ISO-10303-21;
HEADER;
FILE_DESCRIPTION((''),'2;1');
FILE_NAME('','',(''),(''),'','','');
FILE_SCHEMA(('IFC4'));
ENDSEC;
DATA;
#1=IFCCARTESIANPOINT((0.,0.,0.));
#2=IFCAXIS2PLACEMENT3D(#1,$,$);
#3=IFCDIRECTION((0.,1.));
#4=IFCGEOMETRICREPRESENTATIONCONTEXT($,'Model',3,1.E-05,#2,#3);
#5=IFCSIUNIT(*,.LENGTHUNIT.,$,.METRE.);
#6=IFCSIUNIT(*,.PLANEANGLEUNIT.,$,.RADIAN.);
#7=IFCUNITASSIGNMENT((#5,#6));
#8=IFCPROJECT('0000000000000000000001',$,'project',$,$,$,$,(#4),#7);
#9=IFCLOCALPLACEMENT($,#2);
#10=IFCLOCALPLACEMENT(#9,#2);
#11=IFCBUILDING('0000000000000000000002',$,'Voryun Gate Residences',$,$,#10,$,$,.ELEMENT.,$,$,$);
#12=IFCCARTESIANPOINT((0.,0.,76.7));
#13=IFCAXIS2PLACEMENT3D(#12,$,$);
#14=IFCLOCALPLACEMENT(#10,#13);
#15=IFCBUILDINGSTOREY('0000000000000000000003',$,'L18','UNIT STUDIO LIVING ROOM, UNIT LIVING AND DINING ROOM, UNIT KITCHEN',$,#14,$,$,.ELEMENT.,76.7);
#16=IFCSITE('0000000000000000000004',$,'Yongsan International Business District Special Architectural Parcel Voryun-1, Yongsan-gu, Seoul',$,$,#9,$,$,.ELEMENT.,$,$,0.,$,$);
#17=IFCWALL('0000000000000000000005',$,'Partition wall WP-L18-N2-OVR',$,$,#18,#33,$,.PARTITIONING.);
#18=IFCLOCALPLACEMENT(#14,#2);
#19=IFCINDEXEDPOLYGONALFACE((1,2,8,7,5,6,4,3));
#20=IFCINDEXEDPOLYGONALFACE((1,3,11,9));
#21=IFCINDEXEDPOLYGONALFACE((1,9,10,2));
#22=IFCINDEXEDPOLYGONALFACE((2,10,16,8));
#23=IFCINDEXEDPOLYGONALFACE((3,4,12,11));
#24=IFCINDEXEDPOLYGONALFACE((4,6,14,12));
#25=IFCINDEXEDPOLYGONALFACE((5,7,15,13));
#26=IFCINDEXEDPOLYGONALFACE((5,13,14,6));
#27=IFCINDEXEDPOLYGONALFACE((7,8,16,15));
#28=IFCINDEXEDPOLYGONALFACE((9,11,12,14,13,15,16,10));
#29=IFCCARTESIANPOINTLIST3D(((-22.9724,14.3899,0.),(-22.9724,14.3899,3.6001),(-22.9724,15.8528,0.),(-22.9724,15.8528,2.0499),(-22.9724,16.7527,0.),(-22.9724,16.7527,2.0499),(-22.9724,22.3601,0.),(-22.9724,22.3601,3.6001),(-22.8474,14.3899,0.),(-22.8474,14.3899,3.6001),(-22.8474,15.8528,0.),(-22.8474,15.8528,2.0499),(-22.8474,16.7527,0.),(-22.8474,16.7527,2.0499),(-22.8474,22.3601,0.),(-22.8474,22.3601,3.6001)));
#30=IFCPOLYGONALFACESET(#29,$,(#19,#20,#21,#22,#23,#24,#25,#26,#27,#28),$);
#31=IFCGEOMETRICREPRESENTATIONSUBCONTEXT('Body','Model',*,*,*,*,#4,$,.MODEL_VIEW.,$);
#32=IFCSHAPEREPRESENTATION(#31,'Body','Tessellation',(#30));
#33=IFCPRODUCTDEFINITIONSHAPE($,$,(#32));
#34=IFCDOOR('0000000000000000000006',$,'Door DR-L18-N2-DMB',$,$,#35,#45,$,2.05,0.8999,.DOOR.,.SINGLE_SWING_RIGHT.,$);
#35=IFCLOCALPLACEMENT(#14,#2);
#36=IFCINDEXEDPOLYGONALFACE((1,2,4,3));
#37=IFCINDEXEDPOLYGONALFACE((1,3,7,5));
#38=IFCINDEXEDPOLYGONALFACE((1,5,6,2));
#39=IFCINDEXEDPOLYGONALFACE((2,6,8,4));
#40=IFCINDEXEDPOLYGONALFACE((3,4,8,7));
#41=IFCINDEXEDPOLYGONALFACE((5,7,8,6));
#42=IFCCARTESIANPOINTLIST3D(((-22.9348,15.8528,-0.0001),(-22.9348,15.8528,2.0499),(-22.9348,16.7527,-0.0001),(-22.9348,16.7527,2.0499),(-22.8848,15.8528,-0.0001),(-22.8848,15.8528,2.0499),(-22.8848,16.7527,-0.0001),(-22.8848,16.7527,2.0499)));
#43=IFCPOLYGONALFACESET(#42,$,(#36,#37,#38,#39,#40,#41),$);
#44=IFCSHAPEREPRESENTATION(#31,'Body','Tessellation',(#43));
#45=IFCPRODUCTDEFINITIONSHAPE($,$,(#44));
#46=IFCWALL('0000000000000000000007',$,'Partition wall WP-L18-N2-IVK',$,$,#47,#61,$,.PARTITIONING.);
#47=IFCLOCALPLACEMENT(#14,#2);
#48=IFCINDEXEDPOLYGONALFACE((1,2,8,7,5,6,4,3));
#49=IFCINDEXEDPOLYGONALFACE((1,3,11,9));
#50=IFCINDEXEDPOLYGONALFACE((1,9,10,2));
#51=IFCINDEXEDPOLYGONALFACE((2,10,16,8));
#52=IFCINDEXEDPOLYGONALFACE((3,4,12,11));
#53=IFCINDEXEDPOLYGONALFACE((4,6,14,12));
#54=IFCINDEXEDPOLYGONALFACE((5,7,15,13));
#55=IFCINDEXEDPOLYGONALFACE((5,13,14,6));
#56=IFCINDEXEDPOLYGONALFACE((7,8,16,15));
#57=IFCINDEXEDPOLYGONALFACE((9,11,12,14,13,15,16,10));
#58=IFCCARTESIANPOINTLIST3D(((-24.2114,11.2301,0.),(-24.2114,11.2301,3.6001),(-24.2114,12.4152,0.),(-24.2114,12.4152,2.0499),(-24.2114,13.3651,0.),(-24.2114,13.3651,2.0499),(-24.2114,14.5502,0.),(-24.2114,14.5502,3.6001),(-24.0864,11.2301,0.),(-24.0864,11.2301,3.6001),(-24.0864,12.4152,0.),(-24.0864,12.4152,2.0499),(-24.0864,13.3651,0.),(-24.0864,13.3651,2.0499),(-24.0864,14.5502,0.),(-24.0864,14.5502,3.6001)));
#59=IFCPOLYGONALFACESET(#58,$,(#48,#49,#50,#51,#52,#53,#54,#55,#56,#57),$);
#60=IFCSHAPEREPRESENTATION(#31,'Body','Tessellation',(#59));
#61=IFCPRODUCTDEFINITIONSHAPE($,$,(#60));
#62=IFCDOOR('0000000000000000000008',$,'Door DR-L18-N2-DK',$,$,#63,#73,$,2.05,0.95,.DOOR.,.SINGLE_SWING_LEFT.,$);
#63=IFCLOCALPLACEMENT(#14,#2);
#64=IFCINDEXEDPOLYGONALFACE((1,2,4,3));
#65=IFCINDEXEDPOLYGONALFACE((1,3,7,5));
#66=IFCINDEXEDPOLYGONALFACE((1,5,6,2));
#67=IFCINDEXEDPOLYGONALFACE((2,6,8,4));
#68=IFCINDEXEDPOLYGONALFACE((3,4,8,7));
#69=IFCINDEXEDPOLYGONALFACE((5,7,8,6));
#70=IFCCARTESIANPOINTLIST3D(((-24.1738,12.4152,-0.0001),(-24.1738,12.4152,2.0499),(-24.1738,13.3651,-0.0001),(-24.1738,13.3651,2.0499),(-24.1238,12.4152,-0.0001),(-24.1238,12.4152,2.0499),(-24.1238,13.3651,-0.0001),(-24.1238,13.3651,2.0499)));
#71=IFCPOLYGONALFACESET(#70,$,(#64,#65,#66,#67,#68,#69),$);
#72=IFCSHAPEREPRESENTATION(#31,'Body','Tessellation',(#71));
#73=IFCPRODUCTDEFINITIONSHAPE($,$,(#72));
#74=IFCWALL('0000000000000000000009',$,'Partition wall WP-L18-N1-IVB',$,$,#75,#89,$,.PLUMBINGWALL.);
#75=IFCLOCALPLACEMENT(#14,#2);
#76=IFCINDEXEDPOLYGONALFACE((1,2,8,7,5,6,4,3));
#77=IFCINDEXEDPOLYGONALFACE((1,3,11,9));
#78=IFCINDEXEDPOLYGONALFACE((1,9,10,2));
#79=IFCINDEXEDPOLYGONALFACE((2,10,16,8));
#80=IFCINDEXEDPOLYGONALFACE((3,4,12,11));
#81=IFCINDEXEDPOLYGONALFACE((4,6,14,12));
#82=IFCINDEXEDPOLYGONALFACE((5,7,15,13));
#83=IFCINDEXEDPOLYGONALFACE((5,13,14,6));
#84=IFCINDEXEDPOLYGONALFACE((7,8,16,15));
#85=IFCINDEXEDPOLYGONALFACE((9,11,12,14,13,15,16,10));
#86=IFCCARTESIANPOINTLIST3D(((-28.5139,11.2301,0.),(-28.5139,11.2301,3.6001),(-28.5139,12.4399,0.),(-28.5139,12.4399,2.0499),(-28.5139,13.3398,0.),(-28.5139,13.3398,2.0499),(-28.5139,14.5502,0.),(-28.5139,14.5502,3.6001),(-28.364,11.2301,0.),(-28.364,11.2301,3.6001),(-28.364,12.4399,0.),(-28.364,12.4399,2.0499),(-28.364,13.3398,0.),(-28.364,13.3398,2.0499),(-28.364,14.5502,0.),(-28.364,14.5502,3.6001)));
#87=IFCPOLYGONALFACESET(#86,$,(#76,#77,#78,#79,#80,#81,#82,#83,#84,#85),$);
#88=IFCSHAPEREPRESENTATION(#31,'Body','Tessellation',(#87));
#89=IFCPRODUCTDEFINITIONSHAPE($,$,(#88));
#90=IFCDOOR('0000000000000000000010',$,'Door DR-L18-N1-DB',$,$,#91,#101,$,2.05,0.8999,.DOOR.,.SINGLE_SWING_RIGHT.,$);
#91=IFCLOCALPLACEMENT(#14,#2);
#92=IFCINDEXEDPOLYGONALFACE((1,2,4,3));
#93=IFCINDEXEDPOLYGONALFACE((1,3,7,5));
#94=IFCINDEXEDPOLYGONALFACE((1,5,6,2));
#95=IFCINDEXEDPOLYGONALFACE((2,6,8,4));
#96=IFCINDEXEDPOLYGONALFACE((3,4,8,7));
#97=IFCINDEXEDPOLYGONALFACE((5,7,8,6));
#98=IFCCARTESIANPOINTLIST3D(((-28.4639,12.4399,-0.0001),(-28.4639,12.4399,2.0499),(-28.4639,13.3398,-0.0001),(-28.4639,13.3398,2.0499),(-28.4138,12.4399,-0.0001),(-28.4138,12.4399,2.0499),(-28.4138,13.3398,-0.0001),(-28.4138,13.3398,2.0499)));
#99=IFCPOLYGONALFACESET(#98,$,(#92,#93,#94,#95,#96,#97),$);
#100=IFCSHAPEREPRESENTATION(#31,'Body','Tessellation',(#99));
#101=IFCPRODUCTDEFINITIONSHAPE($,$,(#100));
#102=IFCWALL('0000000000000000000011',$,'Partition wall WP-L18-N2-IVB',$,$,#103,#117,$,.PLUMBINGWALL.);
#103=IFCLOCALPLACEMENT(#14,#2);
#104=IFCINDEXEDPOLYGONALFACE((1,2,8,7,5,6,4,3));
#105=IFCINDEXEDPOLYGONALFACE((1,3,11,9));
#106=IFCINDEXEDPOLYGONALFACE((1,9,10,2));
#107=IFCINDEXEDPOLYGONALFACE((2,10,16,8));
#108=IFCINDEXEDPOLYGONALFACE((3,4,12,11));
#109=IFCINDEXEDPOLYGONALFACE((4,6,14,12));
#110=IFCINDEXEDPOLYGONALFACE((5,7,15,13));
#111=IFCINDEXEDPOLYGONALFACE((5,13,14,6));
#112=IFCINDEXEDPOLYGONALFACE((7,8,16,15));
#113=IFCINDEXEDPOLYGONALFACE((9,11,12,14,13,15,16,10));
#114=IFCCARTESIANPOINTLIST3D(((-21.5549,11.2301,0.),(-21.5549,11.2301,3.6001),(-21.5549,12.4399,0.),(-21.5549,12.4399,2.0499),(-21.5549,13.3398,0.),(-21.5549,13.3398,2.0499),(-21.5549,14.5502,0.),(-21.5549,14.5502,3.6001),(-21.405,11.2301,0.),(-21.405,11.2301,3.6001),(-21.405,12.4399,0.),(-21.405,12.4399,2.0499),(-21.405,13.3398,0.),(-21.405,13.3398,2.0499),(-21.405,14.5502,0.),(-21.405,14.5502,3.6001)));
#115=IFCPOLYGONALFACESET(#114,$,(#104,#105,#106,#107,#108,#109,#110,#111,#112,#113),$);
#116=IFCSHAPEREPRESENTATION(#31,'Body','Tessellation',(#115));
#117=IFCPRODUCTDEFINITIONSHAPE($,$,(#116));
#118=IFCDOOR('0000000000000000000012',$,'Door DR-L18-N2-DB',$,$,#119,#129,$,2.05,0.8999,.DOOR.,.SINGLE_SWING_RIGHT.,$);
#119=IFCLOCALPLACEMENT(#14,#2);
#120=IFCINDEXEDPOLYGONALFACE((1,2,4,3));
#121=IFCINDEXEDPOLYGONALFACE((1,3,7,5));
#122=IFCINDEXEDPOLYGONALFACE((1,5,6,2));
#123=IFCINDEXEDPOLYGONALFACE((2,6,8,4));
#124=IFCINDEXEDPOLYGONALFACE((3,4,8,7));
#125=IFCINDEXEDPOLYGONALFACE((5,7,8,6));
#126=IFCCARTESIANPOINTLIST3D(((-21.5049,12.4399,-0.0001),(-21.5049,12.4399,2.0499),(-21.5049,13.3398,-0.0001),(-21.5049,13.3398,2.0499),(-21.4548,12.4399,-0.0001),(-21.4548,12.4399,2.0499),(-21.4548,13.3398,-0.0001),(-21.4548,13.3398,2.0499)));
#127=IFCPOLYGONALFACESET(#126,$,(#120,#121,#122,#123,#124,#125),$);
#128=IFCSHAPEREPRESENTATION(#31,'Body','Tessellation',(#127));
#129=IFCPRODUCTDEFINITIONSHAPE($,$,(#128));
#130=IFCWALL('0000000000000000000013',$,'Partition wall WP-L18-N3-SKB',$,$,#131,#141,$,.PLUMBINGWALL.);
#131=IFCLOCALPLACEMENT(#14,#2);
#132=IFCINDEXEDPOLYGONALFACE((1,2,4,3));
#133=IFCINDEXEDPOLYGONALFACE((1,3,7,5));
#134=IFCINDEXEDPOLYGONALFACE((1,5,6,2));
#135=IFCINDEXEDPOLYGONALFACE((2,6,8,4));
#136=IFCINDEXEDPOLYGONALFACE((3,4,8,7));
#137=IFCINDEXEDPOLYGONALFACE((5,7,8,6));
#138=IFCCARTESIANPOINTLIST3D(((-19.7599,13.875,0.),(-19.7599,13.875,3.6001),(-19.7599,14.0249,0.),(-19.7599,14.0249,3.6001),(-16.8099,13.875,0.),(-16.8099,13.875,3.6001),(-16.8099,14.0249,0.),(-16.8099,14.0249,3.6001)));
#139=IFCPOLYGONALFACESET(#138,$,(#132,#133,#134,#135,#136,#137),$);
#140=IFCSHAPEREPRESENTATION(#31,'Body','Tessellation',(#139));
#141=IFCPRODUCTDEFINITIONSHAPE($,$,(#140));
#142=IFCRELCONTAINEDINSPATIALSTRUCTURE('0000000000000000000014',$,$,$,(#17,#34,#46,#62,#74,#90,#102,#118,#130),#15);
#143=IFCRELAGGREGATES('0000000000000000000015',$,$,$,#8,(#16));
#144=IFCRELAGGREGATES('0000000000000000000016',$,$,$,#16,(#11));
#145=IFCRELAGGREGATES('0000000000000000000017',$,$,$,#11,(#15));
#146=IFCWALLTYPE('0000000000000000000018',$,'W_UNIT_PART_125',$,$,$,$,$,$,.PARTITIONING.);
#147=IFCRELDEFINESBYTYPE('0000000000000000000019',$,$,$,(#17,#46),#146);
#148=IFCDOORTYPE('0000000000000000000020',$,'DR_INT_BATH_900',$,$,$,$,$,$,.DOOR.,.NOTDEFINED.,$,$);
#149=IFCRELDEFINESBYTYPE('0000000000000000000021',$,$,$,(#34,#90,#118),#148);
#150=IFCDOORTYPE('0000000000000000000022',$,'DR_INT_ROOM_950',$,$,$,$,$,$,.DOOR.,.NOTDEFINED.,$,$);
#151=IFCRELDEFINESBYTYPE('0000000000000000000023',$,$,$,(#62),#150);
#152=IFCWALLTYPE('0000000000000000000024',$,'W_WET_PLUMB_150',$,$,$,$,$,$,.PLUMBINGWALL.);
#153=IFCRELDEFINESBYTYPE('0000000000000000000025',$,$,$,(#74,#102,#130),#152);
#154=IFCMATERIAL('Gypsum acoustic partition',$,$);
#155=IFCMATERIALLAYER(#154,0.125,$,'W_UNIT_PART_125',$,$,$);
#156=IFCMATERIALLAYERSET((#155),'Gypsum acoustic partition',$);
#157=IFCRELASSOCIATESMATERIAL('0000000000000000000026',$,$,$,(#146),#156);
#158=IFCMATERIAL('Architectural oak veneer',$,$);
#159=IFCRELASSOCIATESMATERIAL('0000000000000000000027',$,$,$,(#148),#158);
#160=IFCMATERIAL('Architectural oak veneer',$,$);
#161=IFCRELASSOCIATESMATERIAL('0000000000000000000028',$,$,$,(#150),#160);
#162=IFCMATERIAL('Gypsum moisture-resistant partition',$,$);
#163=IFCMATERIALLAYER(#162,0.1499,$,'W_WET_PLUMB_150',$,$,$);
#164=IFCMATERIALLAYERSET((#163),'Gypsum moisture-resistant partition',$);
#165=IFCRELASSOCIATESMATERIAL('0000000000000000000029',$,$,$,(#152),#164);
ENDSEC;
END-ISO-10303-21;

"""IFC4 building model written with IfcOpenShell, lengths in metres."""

from ifc_helpers import new_model, si_unit, direction, frame, frame_2d, origin, place, context, subcontext, project, spatial, rectangle, extrude, material, layer, layer_set, type_object, element, fill, save


model = new_model("IFC4")

# Units and contexts
model_context = context("Model", 3, precision=1e-05, world=origin(), true_north=direction((0.0, 1.0)))
body_context = subcontext(model_context, "Body", "Model", "MODEL_VIEW")
ifc_project = project(units=[si_unit("LENGTHUNIT", "METRE"), si_unit("PLANEANGLEUNIT", "RADIAN")], contexts=[model_context])

# Site, building, storey
site_placement = place(None, origin())
site = spatial("IfcSite", under=ifc_project, at=site_placement, Name="Yongsan International Business District Special Architectural Parcel Voryun-1, Yongsan-gu, Seoul", CompositionType="ELEMENT", RefElevation=0.0)
building_placement = place(site_placement, origin())
building = spatial("IfcBuilding", under=site, at=building_placement, Name="Voryun Gate Residences", CompositionType="ELEMENT")
storey_placement = place(building_placement, frame((0.0, 0.0, 76.7)))
storey = spatial("IfcBuildingStorey", under=building, at=storey_placement, Name="L18", Description="UNIT STUDIO LIVING ROOM, UNIT LIVING AND DINING ROOM, UNIT KITCHEN", CompositionType="ELEMENT", Elevation=76.7)

# Walls, openings, doors
ifc_material_1 = material(Name="Gypsum acoustic partition")
ifc_layer_1 = layer(ifc_material_1, 0.125, Name="W_UNIT_PART_125")
ifc_layer_set_1 = layer_set([ifc_layer_1], Name="Gypsum acoustic partition")
wall_type_1 = type_object("IfcWallType", Name="W_UNIT_PART_125", PredefinedType="PARTITIONING", material=ifc_layer_set_1)
wall_1_placement = place(storey_placement, frame((-22.9099, 14.3899, 0.0), z_axis=(0.0, 0.0, 1.0), x_axis=(0.0, 1.0, 0.0)))
wall_1 = element("IfcWall", 1, at=wall_1_placement, inside=storey, type_object=wall_type_1, Name="Partition wall WP-L18-N2-OVR", PredefinedType="PARTITIONING", context=body_context, shape_type="SweptSolid", body=[
    extrude(rectangle(XDim=7.9702, YDim=0.125, at=frame_2d((3.9851, 0.0))), origin(), (0.0, 0.0, 1.0), 3.6001),
])
opening_1_placement = place(wall_1_placement, frame((1.4629, 0.0, 0.0)))
opening_1 = element("IfcOpeningElement", 2, at=opening_1_placement, cuts=wall_1, PredefinedType="OPENING", context=body_context, shape_type="SweptSolid", body=[
    extrude(rectangle(XDim=0.8999, YDim=2.05, at=frame_2d((0.45, 1.0249))), frame((0.0, 0.0725, 0.0), z_axis=(0.0, -1.0, 0.0), x_axis=(1.0, 0.0, 0.0)), (0.0, 0.0, 1.0), 0.145),
])
ifc_material_2 = material(Name="Architectural oak veneer")
door_type_1 = type_object("IfcDoorType", Name="DR_INT_BATH_900", OperationType="NOTDEFINED", PredefinedType="DOOR", material=ifc_material_2)
door_1_placement = place(opening_1_placement, origin())
door_1 = element("IfcDoor", 3, at=door_1_placement, inside=storey, type_object=door_type_1, Name="Door DR-L18-N2-DMB", OperationType="SINGLE_SWING_RIGHT", OverallHeight=2.05, OverallWidth=0.8999, PredefinedType="DOOR", context=body_context, shape_type="SweptSolid", body=[
    extrude(rectangle(XDim=0.8999, YDim=2.05, at=frame_2d((0.45, 1.0249))), frame((0.0, 0.0249, 0.0), z_axis=(0.0, -1.0, 0.0), x_axis=(1.0, 0.0, 0.0)), (0.0, 0.0, 1.0), 0.05),
])
fill(opening_1, door_1)
wall_2_placement = place(storey_placement, frame((-24.1489, 11.23, 0.0), z_axis=(0.0, 0.0, 1.0), x_axis=(0.0, 1.0, 0.0)))
wall_2 = element("IfcWall", 4, at=wall_2_placement, inside=storey, type_object=wall_type_1, Name="Partition wall WP-L18-N2-IVK", PredefinedType="PARTITIONING", context=body_context, shape_type="SweptSolid", body=[
    extrude(rectangle(XDim=3.3201, YDim=0.125, at=frame_2d((1.6602, 0.0))), origin(), (0.0, 0.0, 1.0), 3.6001),
])
opening_2_placement = place(wall_2_placement, frame((1.1851, 0.0, 0.0)))
opening_2 = element("IfcOpeningElement", 5, at=opening_2_placement, cuts=wall_2, PredefinedType="OPENING", context=body_context, shape_type="SweptSolid", body=[
    extrude(rectangle(XDim=0.95, YDim=2.05, at=frame_2d((0.4751, 1.0249))), frame((0.0, 0.0725, 0.0), z_axis=(0.0, -1.0, 0.0), x_axis=(1.0, 0.0, 0.0)), (0.0, 0.0, 1.0), 0.145),
])
ifc_material_3 = material(Name="Architectural oak veneer")
door_type_2 = type_object("IfcDoorType", Name="DR_INT_ROOM_950", OperationType="NOTDEFINED", PredefinedType="DOOR", material=ifc_material_3)
door_2_placement = place(opening_2_placement, origin())
door_2 = element("IfcDoor", 6, at=door_2_placement, inside=storey, type_object=door_type_2, Name="Door DR-L18-N2-DK", OperationType="SINGLE_SWING_LEFT", OverallHeight=2.05, OverallWidth=0.95, PredefinedType="DOOR", context=body_context, shape_type="SweptSolid", body=[
    extrude(rectangle(XDim=0.95, YDim=2.05, at=frame_2d((0.4751, 1.0249))), frame((0.0, 0.0249, 0.0), z_axis=(0.0, -1.0, 0.0), x_axis=(1.0, 0.0, 0.0)), (0.0, 0.0, 1.0), 0.05),
])
fill(opening_2, door_2)
ifc_material_4 = material(Name="Gypsum moisture-resistant partition")
ifc_layer_2 = layer(ifc_material_4, 0.1499, Name="W_WET_PLUMB_150")
ifc_layer_set_2 = layer_set([ifc_layer_2], Name="Gypsum moisture-resistant partition")
wall_type_2 = type_object("IfcWallType", Name="W_WET_PLUMB_150", PredefinedType="PLUMBINGWALL", material=ifc_layer_set_2)
wall_3_placement = place(storey_placement, frame((-28.439, 11.23, 0.0), z_axis=(0.0, 0.0, 1.0), x_axis=(0.0, 1.0, 0.0)))
wall_3 = element("IfcWall", 7, at=wall_3_placement, inside=storey, type_object=wall_type_2, Name="Partition wall WP-L18-N1-IVB", PredefinedType="PLUMBINGWALL", context=body_context, shape_type="SweptSolid", body=[
    extrude(rectangle(XDim=3.3201, YDim=0.1499, at=frame_2d((1.6602, 0.0))), origin(), (0.0, 0.0, 1.0), 3.6001),
])
opening_3_placement = place(wall_3_placement, frame((1.21, 0.0, 0.0)))
opening_3 = element("IfcOpeningElement", 8, at=opening_3_placement, cuts=wall_3, PredefinedType="OPENING", context=body_context, shape_type="SweptSolid", body=[
    extrude(rectangle(XDim=0.8999, YDim=2.05, at=frame_2d((0.45, 1.0249))), frame((0.0, 0.085, 0.0), z_axis=(0.0, -1.0, 0.0), x_axis=(1.0, 0.0, 0.0)), (0.0, 0.0, 1.0), 0.1699),
])
door_3_placement = place(opening_3_placement, origin())
door_3 = element("IfcDoor", 9, at=door_3_placement, inside=storey, type_object=door_type_1, Name="Door DR-L18-N1-DB", OperationType="SINGLE_SWING_RIGHT", OverallHeight=2.05, OverallWidth=0.8999, PredefinedType="DOOR", context=body_context, shape_type="SweptSolid", body=[
    extrude(rectangle(XDim=0.8999, YDim=2.05, at=frame_2d((0.45, 1.0249))), frame((0.0, 0.0249, 0.0), z_axis=(0.0, -1.0, 0.0), x_axis=(1.0, 0.0, 0.0)), (0.0, 0.0, 1.0), 0.05),
])
fill(opening_3, door_3)
wall_4_placement = place(storey_placement, frame((-21.48, 11.23, 0.0), z_axis=(0.0, 0.0, 1.0), x_axis=(0.0, 1.0, 0.0)))
wall_4 = element("IfcWall", 10, at=wall_4_placement, inside=storey, type_object=wall_type_2, Name="Partition wall WP-L18-N2-IVB", PredefinedType="PLUMBINGWALL", context=body_context, shape_type="SweptSolid", body=[
    extrude(rectangle(XDim=3.3201, YDim=0.1499, at=frame_2d((1.6602, 0.0))), origin(), (0.0, 0.0, 1.0), 3.6001),
])
opening_4_placement = place(wall_4_placement, frame((1.21, 0.0, 0.0)))
opening_4 = element("IfcOpeningElement", 11, at=opening_4_placement, cuts=wall_4, PredefinedType="OPENING", context=body_context, shape_type="SweptSolid", body=[
    extrude(rectangle(XDim=0.8999, YDim=2.05, at=frame_2d((0.45, 1.0249))), frame((0.0, 0.085, 0.0), z_axis=(0.0, -1.0, 0.0), x_axis=(1.0, 0.0, 0.0)), (0.0, 0.0, 1.0), 0.1699),
])
door_4_placement = place(opening_4_placement, origin())
door_4 = element("IfcDoor", 12, at=door_4_placement, inside=storey, type_object=door_type_1, Name="Door DR-L18-N2-DB", OperationType="SINGLE_SWING_RIGHT", OverallHeight=2.05, OverallWidth=0.8999, PredefinedType="DOOR", context=body_context, shape_type="SweptSolid", body=[
    extrude(rectangle(XDim=0.8999, YDim=2.05, at=frame_2d((0.45, 1.0249))), frame((0.0, 0.0249, 0.0), z_axis=(0.0, -1.0, 0.0), x_axis=(1.0, 0.0, 0.0)), (0.0, 0.0, 1.0), 0.05),
])
fill(opening_4, door_4)

# Wall
wall_5_placement = place(storey_placement, frame((-19.76, 13.95, 0.0), z_axis=(0.0, 0.0, 1.0), x_axis=(1.0, 0.0, 0.0)))
element("IfcWall", 13, at=wall_5_placement, inside=storey, type_object=wall_type_2, Name="Partition wall WP-L18-N3-SKB", PredefinedType="PLUMBINGWALL", context=body_context, shape_type="SweptSolid", body=[
    extrude(rectangle(XDim=2.95, YDim=0.1499, at=frame_2d((1.4751, 0.0))), origin(), (0.0, 0.0, 1.0), 3.6001),
])

save(model, "model.ifc")
